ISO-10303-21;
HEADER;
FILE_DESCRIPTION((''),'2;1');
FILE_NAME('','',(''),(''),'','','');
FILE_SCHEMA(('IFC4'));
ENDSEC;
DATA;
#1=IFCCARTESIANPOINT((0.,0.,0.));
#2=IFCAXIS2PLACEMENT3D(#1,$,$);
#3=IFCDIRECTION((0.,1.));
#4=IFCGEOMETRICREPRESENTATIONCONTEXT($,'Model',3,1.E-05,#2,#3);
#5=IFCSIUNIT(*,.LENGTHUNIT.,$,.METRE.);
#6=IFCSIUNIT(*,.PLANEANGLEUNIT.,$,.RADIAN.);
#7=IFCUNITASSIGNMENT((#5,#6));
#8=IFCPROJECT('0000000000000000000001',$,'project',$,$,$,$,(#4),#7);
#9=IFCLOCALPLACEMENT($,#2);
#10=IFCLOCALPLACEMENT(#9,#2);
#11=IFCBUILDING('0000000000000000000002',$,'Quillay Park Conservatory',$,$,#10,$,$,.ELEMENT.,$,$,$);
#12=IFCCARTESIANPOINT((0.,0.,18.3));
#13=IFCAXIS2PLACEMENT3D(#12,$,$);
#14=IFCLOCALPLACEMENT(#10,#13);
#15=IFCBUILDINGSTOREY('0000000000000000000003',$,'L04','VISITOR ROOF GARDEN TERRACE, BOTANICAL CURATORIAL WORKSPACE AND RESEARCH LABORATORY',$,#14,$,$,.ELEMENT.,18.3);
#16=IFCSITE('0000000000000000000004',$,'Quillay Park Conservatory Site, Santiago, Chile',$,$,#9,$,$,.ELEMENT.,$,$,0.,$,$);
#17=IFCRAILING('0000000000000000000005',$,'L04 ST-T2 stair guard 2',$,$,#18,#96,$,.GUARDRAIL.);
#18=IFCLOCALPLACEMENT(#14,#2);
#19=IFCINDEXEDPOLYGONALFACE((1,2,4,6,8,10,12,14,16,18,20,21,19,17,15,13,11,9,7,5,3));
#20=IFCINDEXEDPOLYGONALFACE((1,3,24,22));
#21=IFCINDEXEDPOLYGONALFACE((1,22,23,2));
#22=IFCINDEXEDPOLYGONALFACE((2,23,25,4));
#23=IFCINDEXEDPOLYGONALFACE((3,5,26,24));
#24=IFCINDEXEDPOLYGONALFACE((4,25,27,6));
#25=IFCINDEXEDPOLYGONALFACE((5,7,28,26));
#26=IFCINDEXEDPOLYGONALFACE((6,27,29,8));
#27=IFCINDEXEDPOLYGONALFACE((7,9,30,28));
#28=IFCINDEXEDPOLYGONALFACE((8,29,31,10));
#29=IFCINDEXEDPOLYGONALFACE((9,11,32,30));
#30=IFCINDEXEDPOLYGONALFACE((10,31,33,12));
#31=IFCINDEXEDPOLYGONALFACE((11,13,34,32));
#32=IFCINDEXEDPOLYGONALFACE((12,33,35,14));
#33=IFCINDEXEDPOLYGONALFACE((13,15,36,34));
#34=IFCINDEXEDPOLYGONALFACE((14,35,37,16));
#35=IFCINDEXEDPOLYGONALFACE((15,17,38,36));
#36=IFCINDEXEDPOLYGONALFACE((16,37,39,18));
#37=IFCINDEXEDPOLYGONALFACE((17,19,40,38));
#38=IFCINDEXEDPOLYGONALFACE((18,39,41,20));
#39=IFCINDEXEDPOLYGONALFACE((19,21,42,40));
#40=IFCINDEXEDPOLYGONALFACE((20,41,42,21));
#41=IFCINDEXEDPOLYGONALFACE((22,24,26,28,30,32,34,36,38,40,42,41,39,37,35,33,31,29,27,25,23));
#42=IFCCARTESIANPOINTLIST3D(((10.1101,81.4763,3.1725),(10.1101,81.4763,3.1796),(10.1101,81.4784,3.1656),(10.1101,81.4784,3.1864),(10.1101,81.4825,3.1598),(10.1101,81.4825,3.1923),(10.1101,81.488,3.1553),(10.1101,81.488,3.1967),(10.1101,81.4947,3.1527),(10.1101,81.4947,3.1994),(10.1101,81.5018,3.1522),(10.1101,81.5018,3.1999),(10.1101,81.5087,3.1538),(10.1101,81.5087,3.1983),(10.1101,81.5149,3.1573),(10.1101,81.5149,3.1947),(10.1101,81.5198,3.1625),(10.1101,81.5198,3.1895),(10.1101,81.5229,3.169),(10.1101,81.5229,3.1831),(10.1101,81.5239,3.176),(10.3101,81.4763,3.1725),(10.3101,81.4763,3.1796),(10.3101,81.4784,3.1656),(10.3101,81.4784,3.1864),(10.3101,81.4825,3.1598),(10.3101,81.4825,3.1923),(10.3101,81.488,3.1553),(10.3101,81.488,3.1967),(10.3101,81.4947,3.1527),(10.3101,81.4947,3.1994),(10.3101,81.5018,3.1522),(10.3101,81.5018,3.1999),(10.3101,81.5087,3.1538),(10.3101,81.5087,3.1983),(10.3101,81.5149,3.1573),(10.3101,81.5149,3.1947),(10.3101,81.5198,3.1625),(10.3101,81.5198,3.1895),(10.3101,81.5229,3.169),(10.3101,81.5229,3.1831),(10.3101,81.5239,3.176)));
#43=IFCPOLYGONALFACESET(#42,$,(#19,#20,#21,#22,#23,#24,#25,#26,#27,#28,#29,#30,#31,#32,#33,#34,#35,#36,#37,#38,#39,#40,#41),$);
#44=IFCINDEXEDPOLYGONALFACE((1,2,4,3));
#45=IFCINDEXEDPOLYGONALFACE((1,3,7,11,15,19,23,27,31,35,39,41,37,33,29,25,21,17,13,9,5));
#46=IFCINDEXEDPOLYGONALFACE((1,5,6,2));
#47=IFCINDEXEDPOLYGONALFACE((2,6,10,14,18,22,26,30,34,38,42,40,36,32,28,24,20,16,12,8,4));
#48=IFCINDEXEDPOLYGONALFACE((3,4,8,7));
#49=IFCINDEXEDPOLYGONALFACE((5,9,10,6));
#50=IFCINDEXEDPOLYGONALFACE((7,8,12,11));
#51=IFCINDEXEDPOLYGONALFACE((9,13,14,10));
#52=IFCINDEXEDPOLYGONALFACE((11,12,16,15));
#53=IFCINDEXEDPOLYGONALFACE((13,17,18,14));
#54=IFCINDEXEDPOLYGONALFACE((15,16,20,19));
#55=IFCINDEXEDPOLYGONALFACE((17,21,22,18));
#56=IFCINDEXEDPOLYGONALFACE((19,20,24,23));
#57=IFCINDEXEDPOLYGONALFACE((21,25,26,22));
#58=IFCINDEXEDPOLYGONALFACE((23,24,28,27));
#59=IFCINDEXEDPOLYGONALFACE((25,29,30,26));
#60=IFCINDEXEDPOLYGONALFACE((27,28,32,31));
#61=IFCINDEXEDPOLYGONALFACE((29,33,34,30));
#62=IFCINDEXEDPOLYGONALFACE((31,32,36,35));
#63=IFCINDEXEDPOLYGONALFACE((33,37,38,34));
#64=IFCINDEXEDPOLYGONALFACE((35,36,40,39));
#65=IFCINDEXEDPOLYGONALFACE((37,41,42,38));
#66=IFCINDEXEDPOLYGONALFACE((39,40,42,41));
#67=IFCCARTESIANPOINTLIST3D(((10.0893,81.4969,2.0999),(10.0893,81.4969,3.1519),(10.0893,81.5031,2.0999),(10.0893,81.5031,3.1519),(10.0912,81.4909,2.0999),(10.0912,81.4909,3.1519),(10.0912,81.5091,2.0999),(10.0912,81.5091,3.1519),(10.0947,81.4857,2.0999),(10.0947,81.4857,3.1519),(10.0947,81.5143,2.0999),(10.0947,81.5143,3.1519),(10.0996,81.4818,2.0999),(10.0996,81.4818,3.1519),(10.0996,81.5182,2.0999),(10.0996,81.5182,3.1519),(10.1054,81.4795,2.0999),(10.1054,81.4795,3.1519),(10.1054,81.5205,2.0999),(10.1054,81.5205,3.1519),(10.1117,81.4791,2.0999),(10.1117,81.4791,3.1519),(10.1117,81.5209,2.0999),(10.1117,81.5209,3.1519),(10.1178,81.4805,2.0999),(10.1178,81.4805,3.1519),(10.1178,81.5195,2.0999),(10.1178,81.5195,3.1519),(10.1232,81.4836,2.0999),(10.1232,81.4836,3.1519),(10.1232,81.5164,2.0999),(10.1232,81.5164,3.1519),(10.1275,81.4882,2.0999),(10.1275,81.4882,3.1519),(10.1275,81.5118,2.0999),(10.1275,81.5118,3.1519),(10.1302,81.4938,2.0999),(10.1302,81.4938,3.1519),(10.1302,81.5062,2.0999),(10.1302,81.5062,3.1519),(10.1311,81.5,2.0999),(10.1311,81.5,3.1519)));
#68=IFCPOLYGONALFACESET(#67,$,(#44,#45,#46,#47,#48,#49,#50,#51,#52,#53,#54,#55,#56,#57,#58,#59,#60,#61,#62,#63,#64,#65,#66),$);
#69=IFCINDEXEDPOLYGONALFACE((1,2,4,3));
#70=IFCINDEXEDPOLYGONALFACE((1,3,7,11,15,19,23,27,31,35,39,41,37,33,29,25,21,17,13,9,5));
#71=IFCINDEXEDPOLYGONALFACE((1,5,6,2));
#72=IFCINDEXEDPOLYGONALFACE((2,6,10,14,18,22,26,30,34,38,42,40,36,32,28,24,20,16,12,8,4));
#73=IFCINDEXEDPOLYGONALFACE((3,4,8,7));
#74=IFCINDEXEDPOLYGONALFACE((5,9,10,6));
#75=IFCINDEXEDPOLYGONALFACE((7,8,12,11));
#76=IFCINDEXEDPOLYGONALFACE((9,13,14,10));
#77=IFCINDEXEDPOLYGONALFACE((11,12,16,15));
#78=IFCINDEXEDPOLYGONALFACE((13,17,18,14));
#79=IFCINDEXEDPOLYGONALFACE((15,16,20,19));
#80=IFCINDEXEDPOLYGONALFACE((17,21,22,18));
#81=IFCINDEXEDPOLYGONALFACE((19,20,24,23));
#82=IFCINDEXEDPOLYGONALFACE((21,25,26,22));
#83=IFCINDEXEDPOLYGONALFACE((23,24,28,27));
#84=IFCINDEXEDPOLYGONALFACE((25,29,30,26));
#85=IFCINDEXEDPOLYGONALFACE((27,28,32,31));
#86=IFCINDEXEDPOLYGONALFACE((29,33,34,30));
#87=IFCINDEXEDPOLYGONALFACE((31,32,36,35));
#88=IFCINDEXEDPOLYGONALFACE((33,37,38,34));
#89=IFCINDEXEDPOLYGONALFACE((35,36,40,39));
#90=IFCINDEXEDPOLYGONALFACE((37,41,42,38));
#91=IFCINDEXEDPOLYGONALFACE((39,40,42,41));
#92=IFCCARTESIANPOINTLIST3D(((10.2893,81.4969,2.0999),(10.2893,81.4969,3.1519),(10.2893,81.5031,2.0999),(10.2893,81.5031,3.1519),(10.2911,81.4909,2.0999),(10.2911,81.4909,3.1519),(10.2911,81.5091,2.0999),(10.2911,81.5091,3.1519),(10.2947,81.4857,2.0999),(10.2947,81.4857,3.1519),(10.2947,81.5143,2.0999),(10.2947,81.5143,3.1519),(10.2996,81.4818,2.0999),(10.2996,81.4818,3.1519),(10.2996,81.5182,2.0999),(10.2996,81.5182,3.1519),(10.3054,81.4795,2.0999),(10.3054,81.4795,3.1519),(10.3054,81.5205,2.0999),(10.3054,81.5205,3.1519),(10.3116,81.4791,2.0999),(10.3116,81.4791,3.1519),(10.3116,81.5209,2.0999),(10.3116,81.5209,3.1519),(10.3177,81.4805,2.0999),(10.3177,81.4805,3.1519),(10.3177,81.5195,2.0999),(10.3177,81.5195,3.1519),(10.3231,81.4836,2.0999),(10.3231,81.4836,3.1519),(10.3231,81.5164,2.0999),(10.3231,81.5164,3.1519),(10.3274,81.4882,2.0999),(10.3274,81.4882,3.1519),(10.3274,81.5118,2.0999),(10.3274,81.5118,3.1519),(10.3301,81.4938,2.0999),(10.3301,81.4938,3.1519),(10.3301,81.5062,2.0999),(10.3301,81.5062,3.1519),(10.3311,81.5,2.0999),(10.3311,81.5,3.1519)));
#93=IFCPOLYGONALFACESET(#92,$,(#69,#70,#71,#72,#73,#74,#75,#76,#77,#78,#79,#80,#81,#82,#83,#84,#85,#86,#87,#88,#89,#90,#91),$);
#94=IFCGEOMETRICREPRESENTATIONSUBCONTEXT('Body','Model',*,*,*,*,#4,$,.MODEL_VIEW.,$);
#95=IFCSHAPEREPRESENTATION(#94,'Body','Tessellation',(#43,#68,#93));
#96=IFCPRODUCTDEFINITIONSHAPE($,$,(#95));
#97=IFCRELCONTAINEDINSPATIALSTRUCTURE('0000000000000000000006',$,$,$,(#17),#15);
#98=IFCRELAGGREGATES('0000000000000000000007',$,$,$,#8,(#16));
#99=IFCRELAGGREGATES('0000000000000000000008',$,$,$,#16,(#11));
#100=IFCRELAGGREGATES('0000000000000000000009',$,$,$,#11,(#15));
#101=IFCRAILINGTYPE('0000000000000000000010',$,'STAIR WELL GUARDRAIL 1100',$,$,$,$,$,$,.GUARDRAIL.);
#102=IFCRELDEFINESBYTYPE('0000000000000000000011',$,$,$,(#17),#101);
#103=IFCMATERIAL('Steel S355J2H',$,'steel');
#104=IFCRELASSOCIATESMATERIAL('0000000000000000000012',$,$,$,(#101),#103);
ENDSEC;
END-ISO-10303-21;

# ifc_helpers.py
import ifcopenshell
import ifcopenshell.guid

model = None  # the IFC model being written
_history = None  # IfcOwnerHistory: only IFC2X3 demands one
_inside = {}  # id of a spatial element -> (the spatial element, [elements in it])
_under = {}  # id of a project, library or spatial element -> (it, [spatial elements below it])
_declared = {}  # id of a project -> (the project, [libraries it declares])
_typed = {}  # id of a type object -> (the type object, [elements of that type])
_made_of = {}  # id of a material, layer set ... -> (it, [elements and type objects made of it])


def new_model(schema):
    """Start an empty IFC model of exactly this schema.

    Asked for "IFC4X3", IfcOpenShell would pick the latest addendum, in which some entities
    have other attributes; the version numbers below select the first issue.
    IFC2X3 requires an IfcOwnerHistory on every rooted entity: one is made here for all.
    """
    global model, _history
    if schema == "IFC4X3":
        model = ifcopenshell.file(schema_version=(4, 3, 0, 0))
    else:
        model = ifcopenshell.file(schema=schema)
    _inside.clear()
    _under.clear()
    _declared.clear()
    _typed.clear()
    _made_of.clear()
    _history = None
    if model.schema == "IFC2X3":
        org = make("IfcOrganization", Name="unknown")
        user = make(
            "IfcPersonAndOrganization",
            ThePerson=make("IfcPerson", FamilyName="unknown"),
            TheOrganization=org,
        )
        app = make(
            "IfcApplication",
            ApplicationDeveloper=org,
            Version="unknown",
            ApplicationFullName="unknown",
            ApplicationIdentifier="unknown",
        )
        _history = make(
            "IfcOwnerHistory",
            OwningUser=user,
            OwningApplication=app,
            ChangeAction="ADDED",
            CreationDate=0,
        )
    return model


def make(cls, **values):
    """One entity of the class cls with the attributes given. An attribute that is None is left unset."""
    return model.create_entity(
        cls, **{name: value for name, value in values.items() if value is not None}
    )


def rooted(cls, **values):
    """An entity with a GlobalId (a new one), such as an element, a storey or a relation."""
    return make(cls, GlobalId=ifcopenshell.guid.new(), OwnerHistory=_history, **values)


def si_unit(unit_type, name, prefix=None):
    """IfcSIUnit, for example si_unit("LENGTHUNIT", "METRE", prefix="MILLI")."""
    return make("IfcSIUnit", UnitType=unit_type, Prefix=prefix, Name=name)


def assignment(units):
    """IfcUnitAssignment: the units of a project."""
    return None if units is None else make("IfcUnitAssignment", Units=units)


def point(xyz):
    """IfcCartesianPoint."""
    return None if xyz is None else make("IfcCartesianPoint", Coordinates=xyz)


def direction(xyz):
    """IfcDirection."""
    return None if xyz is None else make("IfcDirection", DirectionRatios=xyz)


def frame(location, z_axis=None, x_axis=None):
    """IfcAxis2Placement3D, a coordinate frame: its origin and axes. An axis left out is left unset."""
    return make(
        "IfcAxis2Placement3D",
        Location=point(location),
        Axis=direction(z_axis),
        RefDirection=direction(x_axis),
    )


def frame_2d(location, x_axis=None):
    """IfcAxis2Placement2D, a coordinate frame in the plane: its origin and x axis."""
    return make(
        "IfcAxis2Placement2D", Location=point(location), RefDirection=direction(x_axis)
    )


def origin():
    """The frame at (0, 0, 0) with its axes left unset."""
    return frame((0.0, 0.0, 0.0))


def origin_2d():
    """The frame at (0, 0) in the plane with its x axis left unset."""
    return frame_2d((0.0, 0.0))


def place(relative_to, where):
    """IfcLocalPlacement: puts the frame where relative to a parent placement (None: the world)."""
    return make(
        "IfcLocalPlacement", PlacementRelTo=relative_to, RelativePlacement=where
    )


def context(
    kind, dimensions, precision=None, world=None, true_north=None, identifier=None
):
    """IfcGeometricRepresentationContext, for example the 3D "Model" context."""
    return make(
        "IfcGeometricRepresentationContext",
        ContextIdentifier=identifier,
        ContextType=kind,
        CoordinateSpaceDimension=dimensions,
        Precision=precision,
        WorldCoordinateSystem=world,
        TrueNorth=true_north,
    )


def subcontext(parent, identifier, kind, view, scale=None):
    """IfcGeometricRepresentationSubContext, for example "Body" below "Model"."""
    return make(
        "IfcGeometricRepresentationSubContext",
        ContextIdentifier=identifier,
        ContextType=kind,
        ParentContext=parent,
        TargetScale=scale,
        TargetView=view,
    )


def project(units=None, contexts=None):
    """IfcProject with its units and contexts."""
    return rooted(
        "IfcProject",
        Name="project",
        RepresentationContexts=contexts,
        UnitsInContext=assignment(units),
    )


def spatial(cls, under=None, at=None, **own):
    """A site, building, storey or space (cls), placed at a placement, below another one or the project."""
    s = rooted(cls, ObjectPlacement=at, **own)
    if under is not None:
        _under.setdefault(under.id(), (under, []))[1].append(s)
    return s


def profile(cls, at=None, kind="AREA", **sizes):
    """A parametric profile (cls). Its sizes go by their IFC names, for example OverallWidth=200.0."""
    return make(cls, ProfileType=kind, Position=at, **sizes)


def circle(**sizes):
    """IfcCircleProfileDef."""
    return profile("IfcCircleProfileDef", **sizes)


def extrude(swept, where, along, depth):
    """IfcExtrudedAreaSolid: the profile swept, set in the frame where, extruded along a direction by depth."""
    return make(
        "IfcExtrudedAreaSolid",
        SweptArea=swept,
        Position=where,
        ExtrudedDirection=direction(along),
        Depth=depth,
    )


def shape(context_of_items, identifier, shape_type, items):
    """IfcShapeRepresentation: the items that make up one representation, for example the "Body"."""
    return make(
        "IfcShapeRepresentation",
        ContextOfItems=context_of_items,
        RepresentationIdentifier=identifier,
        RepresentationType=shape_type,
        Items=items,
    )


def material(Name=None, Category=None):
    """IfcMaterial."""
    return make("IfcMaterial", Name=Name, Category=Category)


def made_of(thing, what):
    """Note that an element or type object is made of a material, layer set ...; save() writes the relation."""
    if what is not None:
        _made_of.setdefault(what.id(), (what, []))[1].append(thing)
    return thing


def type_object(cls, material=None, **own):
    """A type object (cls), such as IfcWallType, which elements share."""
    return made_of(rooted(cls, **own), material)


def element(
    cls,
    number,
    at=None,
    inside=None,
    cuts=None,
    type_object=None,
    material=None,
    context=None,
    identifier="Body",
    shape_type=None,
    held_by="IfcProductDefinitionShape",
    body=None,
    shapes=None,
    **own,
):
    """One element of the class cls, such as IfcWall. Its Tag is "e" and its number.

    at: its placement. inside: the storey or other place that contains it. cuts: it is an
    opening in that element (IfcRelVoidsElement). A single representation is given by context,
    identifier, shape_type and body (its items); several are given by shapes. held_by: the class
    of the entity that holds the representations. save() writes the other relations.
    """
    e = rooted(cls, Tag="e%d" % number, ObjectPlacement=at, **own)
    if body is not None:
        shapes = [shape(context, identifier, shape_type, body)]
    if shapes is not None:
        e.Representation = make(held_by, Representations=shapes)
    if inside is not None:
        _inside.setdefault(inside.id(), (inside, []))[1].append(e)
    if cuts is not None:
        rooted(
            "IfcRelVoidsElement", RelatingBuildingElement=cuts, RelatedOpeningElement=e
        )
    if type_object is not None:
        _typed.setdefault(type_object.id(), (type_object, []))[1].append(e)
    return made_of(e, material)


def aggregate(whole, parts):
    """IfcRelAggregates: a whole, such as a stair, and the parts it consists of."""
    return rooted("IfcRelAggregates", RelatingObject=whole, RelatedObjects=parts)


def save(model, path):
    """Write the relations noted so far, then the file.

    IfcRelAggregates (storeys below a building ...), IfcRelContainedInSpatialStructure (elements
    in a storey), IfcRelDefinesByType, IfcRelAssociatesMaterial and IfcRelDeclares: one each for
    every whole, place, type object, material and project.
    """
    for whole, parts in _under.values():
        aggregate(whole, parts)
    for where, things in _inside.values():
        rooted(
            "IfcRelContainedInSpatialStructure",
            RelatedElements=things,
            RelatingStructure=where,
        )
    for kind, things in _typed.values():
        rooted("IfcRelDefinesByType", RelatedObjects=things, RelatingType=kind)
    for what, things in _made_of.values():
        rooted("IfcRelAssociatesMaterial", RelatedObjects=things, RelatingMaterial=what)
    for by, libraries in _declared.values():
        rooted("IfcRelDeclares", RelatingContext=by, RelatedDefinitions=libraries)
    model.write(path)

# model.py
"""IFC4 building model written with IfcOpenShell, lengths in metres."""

from ifc_helpers import new_model, si_unit, direction, frame, origin, origin_2d, place, context, subcontext, project, spatial, circle, extrude, material, type_object, element, save


model = new_model("IFC4")

# Units and contexts
model_context = context("Model", 3, precision=1e-05, world=origin(), true_north=direction((0.0, 1.0)))
body_context = subcontext(model_context, "Body", "Model", "MODEL_VIEW")
ifc_project = project(units=[si_unit("LENGTHUNIT", "METRE"), si_unit("PLANEANGLEUNIT", "RADIAN")], contexts=[model_context])

# Site, building, storey
site_placement = place(None, origin())
site = spatial("IfcSite", under=ifc_project, at=site_placement, Name="Quillay Park Conservatory Site, Santiago, Chile", CompositionType="ELEMENT", RefElevation=0.0)
building_placement = place(site_placement, origin())
building = spatial("IfcBuilding", under=site, at=building_placement, Name="Quillay Park Conservatory", CompositionType="ELEMENT")
storey_placement = place(building_placement, frame((0.0, 0.0, 18.3)))
storey = spatial("IfcBuildingStorey", under=building, at=storey_placement, Name="L04", Description="VISITOR ROOF GARDEN TERRACE, BOTANICAL CURATORIAL WORKSPACE AND RESEARCH LABORATORY", CompositionType="ELEMENT", Elevation=18.3)

# Railing
ifc_material_1 = material(Name="Steel S355J2H", Category="steel")
railing_type_1 = type_object("IfcRailingType", Name="STAIR WELL GUARDRAIL 1100", PredefinedType="GUARDRAIL", material=ifc_material_1)
railing_1_placement = place(storey_placement, frame((10.1101, 81.5, 2.0999)))
element("IfcRailing", 1, at=railing_1_placement, inside=storey, type_object=railing_type_1, Name="L04 ST-T2 stair guard 2", PredefinedType="GUARDRAIL", context=body_context, shape_type="SweptSolid", body=[
    extrude(circle(Radius=0.0239, at=origin_2d()), frame((0.0, 0.0, 1.0762), z_axis=(1.0, 0.0, 0.0), x_axis=(0.0, 1.0, 0.0)), (0.0, 0.0, 1.0), 0.2),
    extrude(circle(Radius=0.021, at=origin_2d()), origin(), (0.0, 0.0, 1.0), 1.052),
    extrude(circle(Radius=0.021, at=origin_2d()), frame((0.2, 0.0, 0.0)), (0.0, 0.0, 1.0), 1.052),
])

save(model, "model.ifc")
